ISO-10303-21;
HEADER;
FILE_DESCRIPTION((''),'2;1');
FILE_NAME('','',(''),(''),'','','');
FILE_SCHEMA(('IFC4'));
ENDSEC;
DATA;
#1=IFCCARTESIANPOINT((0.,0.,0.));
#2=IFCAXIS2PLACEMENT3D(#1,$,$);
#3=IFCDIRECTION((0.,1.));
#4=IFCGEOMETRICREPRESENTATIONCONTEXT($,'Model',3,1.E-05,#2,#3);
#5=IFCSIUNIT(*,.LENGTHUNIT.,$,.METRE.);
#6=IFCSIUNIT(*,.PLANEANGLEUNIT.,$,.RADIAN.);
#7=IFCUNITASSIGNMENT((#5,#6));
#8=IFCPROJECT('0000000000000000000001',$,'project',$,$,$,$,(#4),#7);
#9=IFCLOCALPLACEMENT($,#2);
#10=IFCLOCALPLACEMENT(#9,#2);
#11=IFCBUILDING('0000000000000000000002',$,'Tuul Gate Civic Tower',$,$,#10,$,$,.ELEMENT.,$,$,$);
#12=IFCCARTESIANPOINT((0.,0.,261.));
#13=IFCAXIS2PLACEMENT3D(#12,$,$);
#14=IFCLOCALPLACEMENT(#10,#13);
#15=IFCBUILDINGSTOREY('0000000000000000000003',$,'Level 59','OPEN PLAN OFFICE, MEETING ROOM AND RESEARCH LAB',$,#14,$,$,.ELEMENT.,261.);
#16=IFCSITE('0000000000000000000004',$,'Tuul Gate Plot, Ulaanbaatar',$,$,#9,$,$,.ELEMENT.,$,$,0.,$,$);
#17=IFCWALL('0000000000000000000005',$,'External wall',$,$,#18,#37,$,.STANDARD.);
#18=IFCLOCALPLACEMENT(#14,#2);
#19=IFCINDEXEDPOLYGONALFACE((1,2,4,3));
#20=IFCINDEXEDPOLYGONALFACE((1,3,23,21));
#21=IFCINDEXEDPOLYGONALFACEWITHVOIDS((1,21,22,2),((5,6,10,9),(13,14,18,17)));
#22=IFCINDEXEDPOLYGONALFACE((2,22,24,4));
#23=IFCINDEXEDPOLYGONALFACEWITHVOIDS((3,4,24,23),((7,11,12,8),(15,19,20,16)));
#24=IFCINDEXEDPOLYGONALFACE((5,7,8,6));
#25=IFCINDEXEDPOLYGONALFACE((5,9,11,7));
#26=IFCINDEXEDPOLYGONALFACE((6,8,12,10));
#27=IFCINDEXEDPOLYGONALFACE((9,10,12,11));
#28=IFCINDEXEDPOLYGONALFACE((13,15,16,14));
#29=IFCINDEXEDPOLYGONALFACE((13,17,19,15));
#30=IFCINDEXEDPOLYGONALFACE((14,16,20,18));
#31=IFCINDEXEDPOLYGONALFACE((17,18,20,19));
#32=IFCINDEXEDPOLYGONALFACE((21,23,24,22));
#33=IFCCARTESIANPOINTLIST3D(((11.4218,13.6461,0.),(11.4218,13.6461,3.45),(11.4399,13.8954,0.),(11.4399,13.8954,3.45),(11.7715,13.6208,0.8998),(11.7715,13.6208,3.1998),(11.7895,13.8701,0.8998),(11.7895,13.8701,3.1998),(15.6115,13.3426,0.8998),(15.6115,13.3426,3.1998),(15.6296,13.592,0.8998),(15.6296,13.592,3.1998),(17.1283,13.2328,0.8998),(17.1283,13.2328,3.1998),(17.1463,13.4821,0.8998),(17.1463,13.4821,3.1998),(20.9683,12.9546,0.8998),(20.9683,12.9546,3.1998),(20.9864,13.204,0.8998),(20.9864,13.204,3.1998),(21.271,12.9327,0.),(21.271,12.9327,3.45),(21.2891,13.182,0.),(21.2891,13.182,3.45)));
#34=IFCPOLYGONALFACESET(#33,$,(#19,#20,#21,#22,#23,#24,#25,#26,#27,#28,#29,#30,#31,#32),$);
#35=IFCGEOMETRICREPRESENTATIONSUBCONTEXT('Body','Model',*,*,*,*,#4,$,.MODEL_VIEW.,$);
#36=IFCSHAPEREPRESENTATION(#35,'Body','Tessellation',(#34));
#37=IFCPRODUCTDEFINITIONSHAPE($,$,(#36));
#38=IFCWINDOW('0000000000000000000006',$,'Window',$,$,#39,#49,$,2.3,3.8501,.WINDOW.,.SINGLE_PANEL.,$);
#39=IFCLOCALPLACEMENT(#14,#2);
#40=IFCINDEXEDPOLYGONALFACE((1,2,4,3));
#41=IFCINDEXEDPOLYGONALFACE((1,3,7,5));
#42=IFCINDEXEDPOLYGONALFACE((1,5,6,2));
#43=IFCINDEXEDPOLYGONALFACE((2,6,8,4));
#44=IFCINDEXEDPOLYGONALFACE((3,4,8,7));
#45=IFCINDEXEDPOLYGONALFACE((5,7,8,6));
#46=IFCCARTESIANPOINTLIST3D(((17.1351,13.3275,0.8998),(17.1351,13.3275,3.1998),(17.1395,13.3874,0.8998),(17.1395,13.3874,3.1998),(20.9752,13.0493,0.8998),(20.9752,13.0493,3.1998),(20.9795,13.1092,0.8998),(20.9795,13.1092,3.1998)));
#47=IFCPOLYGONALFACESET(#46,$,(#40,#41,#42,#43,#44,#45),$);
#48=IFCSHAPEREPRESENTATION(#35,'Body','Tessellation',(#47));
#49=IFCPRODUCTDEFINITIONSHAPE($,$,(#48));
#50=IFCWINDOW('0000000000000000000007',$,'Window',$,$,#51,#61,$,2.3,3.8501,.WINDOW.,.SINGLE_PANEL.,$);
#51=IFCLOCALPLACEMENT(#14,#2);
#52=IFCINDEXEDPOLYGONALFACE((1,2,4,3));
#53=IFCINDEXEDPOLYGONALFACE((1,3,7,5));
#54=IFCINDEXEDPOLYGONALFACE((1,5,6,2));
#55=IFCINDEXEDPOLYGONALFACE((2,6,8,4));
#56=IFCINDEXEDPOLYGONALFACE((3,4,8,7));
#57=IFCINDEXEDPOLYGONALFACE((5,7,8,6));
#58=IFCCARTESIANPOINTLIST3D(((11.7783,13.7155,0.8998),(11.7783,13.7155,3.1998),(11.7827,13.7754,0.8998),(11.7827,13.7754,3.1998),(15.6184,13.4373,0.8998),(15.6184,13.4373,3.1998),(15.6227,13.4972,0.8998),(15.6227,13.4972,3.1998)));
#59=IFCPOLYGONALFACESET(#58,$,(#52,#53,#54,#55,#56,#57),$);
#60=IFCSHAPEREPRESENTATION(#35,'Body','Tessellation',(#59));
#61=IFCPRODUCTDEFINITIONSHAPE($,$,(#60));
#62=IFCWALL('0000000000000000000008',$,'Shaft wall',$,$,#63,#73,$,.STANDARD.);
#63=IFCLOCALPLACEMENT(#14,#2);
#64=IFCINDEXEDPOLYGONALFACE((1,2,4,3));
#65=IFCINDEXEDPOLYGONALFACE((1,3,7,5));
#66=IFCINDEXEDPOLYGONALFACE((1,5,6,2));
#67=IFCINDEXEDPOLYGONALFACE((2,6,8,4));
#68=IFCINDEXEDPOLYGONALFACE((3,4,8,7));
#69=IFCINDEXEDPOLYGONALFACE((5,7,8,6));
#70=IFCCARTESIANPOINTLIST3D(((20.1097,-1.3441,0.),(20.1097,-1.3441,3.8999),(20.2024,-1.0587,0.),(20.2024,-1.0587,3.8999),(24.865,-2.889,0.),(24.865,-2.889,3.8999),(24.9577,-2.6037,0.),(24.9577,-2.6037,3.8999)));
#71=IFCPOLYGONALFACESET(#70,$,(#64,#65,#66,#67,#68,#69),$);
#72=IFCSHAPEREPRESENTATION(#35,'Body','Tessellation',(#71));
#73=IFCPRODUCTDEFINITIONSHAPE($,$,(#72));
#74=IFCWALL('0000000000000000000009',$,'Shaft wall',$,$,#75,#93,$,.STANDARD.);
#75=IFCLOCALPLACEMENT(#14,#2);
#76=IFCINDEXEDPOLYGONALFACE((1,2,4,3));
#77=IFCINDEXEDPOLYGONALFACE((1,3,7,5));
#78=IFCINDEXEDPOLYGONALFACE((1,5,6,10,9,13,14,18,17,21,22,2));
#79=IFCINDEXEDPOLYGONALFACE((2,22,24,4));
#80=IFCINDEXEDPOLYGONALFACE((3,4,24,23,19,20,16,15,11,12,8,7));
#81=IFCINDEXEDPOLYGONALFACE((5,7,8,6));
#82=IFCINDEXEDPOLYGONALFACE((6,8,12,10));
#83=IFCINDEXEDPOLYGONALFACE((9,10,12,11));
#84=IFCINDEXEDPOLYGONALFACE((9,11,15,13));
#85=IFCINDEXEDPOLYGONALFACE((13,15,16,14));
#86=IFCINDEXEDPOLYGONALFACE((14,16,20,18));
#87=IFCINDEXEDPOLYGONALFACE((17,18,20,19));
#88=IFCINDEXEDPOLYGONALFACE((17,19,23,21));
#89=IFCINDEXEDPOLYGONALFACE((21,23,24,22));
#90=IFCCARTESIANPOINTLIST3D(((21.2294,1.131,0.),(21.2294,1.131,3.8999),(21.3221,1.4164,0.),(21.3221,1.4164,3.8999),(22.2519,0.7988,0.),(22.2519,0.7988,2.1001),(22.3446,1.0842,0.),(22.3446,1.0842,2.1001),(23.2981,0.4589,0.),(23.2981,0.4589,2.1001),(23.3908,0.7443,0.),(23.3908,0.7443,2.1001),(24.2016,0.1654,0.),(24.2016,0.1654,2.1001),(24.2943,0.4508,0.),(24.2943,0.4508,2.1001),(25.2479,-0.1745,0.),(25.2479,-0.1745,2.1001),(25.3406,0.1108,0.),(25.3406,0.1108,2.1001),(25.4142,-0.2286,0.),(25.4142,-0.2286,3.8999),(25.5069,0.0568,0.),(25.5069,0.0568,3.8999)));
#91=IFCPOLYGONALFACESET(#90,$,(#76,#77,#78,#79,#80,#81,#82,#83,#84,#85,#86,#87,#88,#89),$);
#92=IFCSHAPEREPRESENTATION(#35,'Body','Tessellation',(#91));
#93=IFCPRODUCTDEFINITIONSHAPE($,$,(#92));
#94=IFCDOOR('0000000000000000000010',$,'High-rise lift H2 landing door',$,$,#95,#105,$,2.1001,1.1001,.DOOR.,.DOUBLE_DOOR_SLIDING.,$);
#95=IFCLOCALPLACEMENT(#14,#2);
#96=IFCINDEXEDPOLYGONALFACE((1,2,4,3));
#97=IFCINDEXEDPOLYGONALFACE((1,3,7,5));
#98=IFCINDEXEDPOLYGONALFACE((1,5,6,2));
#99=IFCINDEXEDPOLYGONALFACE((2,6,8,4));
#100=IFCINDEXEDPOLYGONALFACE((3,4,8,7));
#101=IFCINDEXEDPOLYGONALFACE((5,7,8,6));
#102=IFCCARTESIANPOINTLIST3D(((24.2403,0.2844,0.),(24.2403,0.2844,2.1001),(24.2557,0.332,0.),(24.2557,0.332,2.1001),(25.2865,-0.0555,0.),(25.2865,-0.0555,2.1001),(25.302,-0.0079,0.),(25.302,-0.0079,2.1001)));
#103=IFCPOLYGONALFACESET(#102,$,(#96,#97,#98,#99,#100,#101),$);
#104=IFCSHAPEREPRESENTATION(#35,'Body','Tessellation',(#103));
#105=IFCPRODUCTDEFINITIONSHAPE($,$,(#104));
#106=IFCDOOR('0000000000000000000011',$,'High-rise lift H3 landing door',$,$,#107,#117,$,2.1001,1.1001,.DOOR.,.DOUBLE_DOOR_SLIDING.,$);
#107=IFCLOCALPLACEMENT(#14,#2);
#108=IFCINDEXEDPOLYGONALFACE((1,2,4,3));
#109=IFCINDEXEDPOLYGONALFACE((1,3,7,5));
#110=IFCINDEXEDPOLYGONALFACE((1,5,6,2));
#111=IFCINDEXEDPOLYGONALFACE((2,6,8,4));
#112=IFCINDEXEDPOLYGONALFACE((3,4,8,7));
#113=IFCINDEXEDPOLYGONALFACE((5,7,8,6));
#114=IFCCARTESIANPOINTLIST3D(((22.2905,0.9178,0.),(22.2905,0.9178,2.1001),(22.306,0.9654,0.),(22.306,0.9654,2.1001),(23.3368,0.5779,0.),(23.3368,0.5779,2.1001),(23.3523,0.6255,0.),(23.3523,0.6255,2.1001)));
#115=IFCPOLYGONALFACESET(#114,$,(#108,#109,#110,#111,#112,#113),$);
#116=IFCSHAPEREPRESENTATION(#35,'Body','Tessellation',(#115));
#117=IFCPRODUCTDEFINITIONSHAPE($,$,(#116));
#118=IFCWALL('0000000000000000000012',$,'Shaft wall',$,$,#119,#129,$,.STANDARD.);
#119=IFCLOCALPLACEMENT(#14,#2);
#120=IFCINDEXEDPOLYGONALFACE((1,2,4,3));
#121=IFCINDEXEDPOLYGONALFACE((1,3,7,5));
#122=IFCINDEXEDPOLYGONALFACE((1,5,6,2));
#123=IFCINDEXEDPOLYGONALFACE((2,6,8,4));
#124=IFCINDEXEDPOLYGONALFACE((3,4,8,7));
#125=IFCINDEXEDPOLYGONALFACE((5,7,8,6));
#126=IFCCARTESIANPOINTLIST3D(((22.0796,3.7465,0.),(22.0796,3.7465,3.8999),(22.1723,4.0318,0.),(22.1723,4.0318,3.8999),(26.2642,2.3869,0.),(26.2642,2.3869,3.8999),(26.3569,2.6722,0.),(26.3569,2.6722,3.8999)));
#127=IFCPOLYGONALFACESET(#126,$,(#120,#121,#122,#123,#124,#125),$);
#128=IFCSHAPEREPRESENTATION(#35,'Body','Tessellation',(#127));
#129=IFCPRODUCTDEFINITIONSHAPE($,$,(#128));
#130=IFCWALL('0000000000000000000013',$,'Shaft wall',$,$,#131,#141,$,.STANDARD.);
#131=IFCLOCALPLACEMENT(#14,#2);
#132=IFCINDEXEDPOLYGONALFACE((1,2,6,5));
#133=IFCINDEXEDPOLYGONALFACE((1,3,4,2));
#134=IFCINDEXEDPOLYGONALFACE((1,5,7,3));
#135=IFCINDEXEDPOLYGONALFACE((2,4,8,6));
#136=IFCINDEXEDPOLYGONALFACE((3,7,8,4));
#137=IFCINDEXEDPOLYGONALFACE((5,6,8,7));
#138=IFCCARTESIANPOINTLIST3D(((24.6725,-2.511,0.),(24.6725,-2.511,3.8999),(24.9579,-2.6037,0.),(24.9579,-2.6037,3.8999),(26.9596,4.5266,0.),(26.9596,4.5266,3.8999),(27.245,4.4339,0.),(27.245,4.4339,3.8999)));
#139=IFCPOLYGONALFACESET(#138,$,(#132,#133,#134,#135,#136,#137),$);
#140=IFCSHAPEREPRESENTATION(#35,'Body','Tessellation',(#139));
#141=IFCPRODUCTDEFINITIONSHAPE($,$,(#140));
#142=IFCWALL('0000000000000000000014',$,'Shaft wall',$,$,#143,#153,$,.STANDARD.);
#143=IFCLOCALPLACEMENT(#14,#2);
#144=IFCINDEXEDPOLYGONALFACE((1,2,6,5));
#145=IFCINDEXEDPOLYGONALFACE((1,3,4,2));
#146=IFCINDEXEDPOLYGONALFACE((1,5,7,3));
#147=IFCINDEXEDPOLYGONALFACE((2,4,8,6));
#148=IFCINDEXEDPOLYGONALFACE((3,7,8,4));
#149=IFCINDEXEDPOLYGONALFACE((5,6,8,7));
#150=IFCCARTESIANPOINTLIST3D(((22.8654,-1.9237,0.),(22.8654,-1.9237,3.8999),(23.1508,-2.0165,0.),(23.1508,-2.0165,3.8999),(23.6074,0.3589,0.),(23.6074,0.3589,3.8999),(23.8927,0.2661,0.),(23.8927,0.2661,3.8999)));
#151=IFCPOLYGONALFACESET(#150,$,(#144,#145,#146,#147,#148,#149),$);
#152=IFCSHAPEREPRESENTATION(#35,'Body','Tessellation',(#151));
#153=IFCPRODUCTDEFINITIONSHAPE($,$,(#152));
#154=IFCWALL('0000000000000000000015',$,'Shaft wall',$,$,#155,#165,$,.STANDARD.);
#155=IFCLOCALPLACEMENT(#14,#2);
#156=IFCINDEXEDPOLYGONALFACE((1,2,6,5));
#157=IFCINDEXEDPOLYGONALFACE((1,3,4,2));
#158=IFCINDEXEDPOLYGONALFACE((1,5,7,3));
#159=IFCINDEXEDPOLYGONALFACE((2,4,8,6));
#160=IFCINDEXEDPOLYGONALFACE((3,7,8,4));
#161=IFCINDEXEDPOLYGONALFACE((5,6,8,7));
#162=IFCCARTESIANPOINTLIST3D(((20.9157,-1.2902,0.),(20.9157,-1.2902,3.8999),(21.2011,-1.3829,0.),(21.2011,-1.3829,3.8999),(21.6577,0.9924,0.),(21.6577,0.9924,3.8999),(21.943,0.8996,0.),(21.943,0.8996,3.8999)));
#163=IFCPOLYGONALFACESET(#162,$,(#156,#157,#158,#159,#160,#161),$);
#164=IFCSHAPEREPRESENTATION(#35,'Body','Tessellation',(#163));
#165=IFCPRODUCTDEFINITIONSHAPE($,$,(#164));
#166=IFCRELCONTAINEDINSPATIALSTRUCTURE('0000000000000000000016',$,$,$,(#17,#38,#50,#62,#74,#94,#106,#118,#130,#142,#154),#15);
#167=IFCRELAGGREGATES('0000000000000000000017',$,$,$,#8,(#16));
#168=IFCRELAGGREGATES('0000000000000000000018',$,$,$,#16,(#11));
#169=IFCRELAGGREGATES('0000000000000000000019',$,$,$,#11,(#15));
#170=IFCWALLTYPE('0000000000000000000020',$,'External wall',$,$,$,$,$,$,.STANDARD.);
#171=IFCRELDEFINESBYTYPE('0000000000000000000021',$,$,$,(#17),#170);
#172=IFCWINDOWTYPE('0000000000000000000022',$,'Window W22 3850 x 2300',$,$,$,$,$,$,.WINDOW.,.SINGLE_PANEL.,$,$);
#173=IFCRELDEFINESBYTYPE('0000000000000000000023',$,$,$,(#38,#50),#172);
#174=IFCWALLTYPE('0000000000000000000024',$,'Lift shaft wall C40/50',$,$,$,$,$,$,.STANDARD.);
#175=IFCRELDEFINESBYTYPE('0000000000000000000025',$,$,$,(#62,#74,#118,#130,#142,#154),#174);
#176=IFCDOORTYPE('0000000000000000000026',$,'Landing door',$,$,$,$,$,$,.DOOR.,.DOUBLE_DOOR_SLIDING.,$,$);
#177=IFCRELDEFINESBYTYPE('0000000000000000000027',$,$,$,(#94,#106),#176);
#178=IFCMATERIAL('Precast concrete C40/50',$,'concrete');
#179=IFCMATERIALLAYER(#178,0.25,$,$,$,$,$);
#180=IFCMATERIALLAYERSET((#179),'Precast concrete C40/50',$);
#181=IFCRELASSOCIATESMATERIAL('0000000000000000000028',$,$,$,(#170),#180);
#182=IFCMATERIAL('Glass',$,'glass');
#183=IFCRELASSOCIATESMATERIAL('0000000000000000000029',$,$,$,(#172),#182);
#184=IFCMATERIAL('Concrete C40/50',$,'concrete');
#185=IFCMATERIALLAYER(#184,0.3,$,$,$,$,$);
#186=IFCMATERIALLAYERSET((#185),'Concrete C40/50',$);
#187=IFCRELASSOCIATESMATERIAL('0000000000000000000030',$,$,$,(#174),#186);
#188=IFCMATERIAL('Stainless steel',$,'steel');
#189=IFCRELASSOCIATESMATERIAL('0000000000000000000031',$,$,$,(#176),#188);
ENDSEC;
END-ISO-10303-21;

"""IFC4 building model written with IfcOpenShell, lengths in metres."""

from ifc_helpers import new_model, si_unit, direction, frame, frame_2d, origin, place, context, subcontext, project, spatial, rectangle, extrude, material, layer, layer_set, type_object, element, fill, save


model = new_model("IFC4")

# Units and contexts
model_context = context("Model", 3, precision=1e-05, world=origin(), true_north=direction((0.0, 1.0)))
body_context = subcontext(model_context, "Body", "Model", "MODEL_VIEW")
ifc_project = project(units=[si_unit("LENGTHUNIT", "METRE"), si_unit("PLANEANGLEUNIT", "RADIAN")], contexts=[model_context])

# Site, building, storey
site_placement = place(None, origin())
site = spatial("IfcSite", under=ifc_project, at=site_placement, Name="Tuul Gate Plot, Ulaanbaatar", CompositionType="ELEMENT", RefElevation=0.0)
building_placement = place(site_placement, origin())
building = spatial("IfcBuilding", under=site, at=building_placement, Name="Tuul Gate Civic Tower", CompositionType="ELEMENT")
storey_placement = place(building_placement, frame((0.0, 0.0, 261.0)))
storey = spatial("IfcBuildingStorey", under=building, at=storey_placement, Name="Level 59", Description="OPEN PLAN OFFICE, MEETING ROOM AND RESEARCH LAB", CompositionType="ELEMENT", Elevation=261.0)

# Wall, openings, windows
ifc_material_1 = material(Name="Precast concrete C40/50", Category="concrete")
ifc_layer_1 = layer(ifc_material_1, 0.25)
ifc_layer_set_1 = layer_set([ifc_layer_1], Name="Precast concrete C40/50")
wall_type_1 = type_object("IfcWallType", Name="External wall", PredefinedType="STANDARD", material=ifc_layer_set_1)
wall_1_placement = place(storey_placement, frame((21.28, 13.0574, 0.0), z_axis=(0.0, 0.0, 1.0), x_axis=(-0.997387, 0.072241, 0.0)))
wall_1 = element("IfcWall", 1, at=wall_1_placement, inside=storey, type_object=wall_type_1, Name="External wall", PredefinedType="STANDARD", context=body_context, shape_type="SweptSolid", body=[
    extrude(rectangle(XDim=9.875, YDim=0.25, at=frame_2d((4.9375, 0.0))), origin(), (0.0, 0.0, 1.0), 3.45),
])
opening_1_placement = place(wall_1_placement, frame((0.3035, 0.0, 0.8999)))
opening_1 = element("IfcOpeningElement", 2, at=opening_1_placement, cuts=wall_1, PredefinedType="OPENING", context=body_context, shape_type="SweptSolid", body=[
    extrude(rectangle(XDim=3.8501, YDim=2.3, at=frame_2d((1.925, 1.1499))), frame((0.0, 0.135, 0.0), z_axis=(0.0, -1.0, 0.0), x_axis=(1.0, 0.0, 0.0)), (0.0, 0.0, 1.0), 0.27),
])
opening_2_placement = place(wall_1_placement, frame((5.6743, 0.0, 0.8999)))
opening_2 = element("IfcOpeningElement", 3, at=opening_2_placement, cuts=wall_1, PredefinedType="OPENING", context=body_context, shape_type="SweptSolid", body=[
    extrude(rectangle(XDim=3.8501, YDim=2.3, at=frame_2d((1.925, 1.1499))), frame((0.0, 0.135, 0.0), z_axis=(0.0, -1.0, 0.0), x_axis=(1.0, 0.0, 0.0)), (0.0, 0.0, 1.0), 0.27),
])
ifc_material_2 = material(Name="Glass", Category="glass")
window_type = type_object("IfcWindowType", Name="Window W22 3850 x 2300", PartitioningType="SINGLE_PANEL", PredefinedType="WINDOW", material=ifc_material_2)
window_1_placement = place(opening_1_placement, origin())
window_1 = element("IfcWindow", 4, at=window_1_placement, inside=storey, type_object=window_type, Name="Window", OverallHeight=2.3, OverallWidth=3.8501, PartitioningType="SINGLE_PANEL", PredefinedType="WINDOW", context=body_context, shape_type="SweptSolid", body=[
    extrude(rectangle(XDim=3.8501, YDim=2.3, at=frame_2d((1.925, 1.1499))), frame((0.0, 0.03, 0.0), z_axis=(0.0, -1.0, 0.0), x_axis=(1.0, 0.0, 0.0)), (0.0, 0.0, 1.0), 0.0601),
])
fill(opening_1, window_1)
window_2_placement = place(opening_2_placement, origin())
window_2 = element("IfcWindow", 5, at=window_2_placement, inside=storey, type_object=window_type, Name="Window", OverallHeight=2.3, OverallWidth=3.8501, PartitioningType="SINGLE_PANEL", PredefinedType="WINDOW", context=body_context, shape_type="SweptSolid", body=[
    extrude(rectangle(XDim=3.8501, YDim=2.3, at=frame_2d((1.925, 1.1499))), frame((0.0, 0.03, 0.0), z_axis=(0.0, -1.0, 0.0), x_axis=(1.0, 0.0, 0.0)), (0.0, 0.0, 1.0), 0.0601),
])
fill(opening_2, window_2)

# Wall
ifc_material_3 = material(Name="Concrete C40/50", Category="concrete")
ifc_layer_2 = layer(ifc_material_3, 0.3)
ifc_layer_set_2 = layer_set([ifc_layer_2], Name="Concrete C40/50")
wall_type_2 = type_object("IfcWallType", Name="Lift shaft wall C40/50", PredefinedType="STANDARD", material=ifc_layer_set_2)
wall_2_placement = place(storey_placement, frame((24.9114, -2.7463, 0.0), z_axis=(0.0, 0.0, 1.0), x_axis=(-0.951068, 0.308982, 0.0)))
element("IfcWall", 6, at=wall_2_placement, inside=storey, type_object=wall_type_2, Name="Shaft wall", PredefinedType="STANDARD", context=body_context, shape_type="SweptSolid", body=[
    extrude(rectangle(XDim=5.0, YDim=0.3, at=frame_2d((2.5, 0.0))), origin(), (0.0, 0.0, 1.0), 3.8999),
])

# Wall, openings, doors
wall_3_placement = place(storey_placement, frame((25.4607, -0.0859, 0.0), z_axis=(0.0, 0.0, 1.0), x_axis=(-0.951064, 0.308994, 0.0)))
wall_3 = element("IfcWall", 7, at=wall_3_placement, inside=storey, type_object=wall_type_2, Name="Shaft wall", PredefinedType="STANDARD", context=body_context, shape_type="SweptSolid", body=[
    extrude(rectangle(XDim=4.4001, YDim=0.3, at=frame_2d((2.2002, 0.0))), origin(), (0.0, 0.0, 1.0), 3.8999),
])
opening_3_placement = place(wall_3_placement, frame((0.175, 0.0, 0.0)))
opening_3 = element("IfcOpeningElement", 8, at=opening_3_placement, cuts=wall_3, PredefinedType="OPENING", context=body_context, shape_type="SweptSolid", body=[
    extrude(rectangle(XDim=1.1001, YDim=2.1001, at=frame_2d((0.55, 1.05))), frame((0.0, 0.1602, 0.0), z_axis=(0.0, -1.0, 0.0), x_axis=(1.0, 0.0, 0.0)), (0.0, 0.0, 1.0), 0.3201),
])
opening_4_placement = place(wall_3_placement, frame((2.2251, 0.0, 0.0)))
opening_4 = element("IfcOpeningElement", 9, at=opening_4_placement, cuts=wall_3, PredefinedType="OPENING", context=body_context, shape_type="SweptSolid", body=[
    extrude(rectangle(XDim=1.1001, YDim=2.1001, at=frame_2d((0.55, 1.05))), frame((0.0, 0.1602, 0.0), z_axis=(0.0, -1.0, 0.0), x_axis=(1.0, 0.0, 0.0)), (0.0, 0.0, 1.0), 0.3201),
])
ifc_material_4 = material(Name="Stainless steel", Category="steel")
door_type_1 = type_object("IfcDoorType", Name="Landing door", OperationType="DOUBLE_DOOR_SLIDING", PredefinedType="DOOR", material=ifc_material_4)
door_1_placement = place(opening_3_placement, origin())
door_1 = element("IfcDoor", 10, at=door_1_placement, inside=storey, type_object=door_type_1, Name="High-rise lift H2 landing door", OperationType="DOUBLE_DOOR_SLIDING", OverallHeight=2.1001, OverallWidth=1.1001, PredefinedType="DOOR", context=body_context, shape_type="SweptSolid", body=[
    extrude(rectangle(XDim=1.1001, YDim=2.1001, at=frame_2d((0.55, 1.05))), frame((0.0, 0.0249, 0.0), z_axis=(0.0, -1.0, 0.0), x_axis=(1.0, 0.0, 0.0)), (0.0, 0.0, 1.0), 0.05),
])
fill(opening_3, door_1)
door_2_placement = place(opening_4_placement, origin())
door_2 = element("IfcDoor", 11, at=door_2_placement, inside=storey, type_object=door_type_1, Name="High-rise lift H3 landing door", OperationType="DOUBLE_DOOR_SLIDING", OverallHeight=2.1001, OverallWidth=1.1001, PredefinedType="DOOR", context=body_context, shape_type="SweptSolid", body=[
    extrude(rectangle(XDim=1.1001, YDim=2.1001, at=frame_2d((0.55, 1.05))), frame((0.0, 0.0249, 0.0), z_axis=(0.0, -1.0, 0.0), x_axis=(1.0, 0.0, 0.0)), (0.0, 0.0, 1.0), 0.05),
])
fill(opening_4, door_2)

# Walls
wall_4_placement = place(storey_placement, frame((26.3105, 2.5295, 0.0), z_axis=(0.0, 0.0, 1.0), x_axis=(-0.951059, 0.309011, 0.0)))
element("IfcWall", 12, at=wall_4_placement, inside=storey, type_object=wall_type_2, Name="Shaft wall", PredefinedType="STANDARD", context=body_context, shape_type="SweptSolid", body=[
    extrude(rectangle(XDim=4.3999, YDim=0.3, at=frame_2d((2.2, 0.0))), origin(), (0.0, 0.0, 1.0), 3.8999),
])
wall_5_placement = place(storey_placement, frame((24.8152, -2.5574, 0.0), z_axis=(0.0, 0.0, 1.0), x_axis=(0.309073, 0.951038, 0.0)))
element("IfcWall", 13, at=wall_5_placement, inside=storey, type_object=wall_type_2, Name="Shaft wall", PredefinedType="STANDARD", context=body_context, shape_type="SweptSolid", body=[
    extrude(rectangle(XDim=7.3999, YDim=0.3, at=frame_2d((3.7, 0.0))), origin(), (0.0, 0.0, 1.0), 3.8999),
])
for number, where, z_axis, x_axis, name in (
    (14, (23.0081, -1.9702, 0.0), (0.0, 0.0, 1.0), (0.309139, 0.951017, 0.0), "Shaft wall"),
    (15, (21.0583, -1.3367, 0.0), (0.0, 0.0, 1.0), (0.309139, 0.951017, 0.0), "Shaft wall"),
):
    element("IfcWall", number, at=place(storey_placement, frame(where, z_axis=z_axis, x_axis=x_axis)), inside=storey, type_object=wall_type_2, Name=name, PredefinedType="STANDARD", context=body_context, shape_type="SweptSolid", body=[
        extrude(rectangle(XDim=2.4001, YDim=0.3, at=frame_2d((1.2002, 0.0))), origin(), (0.0, 0.0, 1.0), 3.8999),
    ])

save(model, "model.ifc")
